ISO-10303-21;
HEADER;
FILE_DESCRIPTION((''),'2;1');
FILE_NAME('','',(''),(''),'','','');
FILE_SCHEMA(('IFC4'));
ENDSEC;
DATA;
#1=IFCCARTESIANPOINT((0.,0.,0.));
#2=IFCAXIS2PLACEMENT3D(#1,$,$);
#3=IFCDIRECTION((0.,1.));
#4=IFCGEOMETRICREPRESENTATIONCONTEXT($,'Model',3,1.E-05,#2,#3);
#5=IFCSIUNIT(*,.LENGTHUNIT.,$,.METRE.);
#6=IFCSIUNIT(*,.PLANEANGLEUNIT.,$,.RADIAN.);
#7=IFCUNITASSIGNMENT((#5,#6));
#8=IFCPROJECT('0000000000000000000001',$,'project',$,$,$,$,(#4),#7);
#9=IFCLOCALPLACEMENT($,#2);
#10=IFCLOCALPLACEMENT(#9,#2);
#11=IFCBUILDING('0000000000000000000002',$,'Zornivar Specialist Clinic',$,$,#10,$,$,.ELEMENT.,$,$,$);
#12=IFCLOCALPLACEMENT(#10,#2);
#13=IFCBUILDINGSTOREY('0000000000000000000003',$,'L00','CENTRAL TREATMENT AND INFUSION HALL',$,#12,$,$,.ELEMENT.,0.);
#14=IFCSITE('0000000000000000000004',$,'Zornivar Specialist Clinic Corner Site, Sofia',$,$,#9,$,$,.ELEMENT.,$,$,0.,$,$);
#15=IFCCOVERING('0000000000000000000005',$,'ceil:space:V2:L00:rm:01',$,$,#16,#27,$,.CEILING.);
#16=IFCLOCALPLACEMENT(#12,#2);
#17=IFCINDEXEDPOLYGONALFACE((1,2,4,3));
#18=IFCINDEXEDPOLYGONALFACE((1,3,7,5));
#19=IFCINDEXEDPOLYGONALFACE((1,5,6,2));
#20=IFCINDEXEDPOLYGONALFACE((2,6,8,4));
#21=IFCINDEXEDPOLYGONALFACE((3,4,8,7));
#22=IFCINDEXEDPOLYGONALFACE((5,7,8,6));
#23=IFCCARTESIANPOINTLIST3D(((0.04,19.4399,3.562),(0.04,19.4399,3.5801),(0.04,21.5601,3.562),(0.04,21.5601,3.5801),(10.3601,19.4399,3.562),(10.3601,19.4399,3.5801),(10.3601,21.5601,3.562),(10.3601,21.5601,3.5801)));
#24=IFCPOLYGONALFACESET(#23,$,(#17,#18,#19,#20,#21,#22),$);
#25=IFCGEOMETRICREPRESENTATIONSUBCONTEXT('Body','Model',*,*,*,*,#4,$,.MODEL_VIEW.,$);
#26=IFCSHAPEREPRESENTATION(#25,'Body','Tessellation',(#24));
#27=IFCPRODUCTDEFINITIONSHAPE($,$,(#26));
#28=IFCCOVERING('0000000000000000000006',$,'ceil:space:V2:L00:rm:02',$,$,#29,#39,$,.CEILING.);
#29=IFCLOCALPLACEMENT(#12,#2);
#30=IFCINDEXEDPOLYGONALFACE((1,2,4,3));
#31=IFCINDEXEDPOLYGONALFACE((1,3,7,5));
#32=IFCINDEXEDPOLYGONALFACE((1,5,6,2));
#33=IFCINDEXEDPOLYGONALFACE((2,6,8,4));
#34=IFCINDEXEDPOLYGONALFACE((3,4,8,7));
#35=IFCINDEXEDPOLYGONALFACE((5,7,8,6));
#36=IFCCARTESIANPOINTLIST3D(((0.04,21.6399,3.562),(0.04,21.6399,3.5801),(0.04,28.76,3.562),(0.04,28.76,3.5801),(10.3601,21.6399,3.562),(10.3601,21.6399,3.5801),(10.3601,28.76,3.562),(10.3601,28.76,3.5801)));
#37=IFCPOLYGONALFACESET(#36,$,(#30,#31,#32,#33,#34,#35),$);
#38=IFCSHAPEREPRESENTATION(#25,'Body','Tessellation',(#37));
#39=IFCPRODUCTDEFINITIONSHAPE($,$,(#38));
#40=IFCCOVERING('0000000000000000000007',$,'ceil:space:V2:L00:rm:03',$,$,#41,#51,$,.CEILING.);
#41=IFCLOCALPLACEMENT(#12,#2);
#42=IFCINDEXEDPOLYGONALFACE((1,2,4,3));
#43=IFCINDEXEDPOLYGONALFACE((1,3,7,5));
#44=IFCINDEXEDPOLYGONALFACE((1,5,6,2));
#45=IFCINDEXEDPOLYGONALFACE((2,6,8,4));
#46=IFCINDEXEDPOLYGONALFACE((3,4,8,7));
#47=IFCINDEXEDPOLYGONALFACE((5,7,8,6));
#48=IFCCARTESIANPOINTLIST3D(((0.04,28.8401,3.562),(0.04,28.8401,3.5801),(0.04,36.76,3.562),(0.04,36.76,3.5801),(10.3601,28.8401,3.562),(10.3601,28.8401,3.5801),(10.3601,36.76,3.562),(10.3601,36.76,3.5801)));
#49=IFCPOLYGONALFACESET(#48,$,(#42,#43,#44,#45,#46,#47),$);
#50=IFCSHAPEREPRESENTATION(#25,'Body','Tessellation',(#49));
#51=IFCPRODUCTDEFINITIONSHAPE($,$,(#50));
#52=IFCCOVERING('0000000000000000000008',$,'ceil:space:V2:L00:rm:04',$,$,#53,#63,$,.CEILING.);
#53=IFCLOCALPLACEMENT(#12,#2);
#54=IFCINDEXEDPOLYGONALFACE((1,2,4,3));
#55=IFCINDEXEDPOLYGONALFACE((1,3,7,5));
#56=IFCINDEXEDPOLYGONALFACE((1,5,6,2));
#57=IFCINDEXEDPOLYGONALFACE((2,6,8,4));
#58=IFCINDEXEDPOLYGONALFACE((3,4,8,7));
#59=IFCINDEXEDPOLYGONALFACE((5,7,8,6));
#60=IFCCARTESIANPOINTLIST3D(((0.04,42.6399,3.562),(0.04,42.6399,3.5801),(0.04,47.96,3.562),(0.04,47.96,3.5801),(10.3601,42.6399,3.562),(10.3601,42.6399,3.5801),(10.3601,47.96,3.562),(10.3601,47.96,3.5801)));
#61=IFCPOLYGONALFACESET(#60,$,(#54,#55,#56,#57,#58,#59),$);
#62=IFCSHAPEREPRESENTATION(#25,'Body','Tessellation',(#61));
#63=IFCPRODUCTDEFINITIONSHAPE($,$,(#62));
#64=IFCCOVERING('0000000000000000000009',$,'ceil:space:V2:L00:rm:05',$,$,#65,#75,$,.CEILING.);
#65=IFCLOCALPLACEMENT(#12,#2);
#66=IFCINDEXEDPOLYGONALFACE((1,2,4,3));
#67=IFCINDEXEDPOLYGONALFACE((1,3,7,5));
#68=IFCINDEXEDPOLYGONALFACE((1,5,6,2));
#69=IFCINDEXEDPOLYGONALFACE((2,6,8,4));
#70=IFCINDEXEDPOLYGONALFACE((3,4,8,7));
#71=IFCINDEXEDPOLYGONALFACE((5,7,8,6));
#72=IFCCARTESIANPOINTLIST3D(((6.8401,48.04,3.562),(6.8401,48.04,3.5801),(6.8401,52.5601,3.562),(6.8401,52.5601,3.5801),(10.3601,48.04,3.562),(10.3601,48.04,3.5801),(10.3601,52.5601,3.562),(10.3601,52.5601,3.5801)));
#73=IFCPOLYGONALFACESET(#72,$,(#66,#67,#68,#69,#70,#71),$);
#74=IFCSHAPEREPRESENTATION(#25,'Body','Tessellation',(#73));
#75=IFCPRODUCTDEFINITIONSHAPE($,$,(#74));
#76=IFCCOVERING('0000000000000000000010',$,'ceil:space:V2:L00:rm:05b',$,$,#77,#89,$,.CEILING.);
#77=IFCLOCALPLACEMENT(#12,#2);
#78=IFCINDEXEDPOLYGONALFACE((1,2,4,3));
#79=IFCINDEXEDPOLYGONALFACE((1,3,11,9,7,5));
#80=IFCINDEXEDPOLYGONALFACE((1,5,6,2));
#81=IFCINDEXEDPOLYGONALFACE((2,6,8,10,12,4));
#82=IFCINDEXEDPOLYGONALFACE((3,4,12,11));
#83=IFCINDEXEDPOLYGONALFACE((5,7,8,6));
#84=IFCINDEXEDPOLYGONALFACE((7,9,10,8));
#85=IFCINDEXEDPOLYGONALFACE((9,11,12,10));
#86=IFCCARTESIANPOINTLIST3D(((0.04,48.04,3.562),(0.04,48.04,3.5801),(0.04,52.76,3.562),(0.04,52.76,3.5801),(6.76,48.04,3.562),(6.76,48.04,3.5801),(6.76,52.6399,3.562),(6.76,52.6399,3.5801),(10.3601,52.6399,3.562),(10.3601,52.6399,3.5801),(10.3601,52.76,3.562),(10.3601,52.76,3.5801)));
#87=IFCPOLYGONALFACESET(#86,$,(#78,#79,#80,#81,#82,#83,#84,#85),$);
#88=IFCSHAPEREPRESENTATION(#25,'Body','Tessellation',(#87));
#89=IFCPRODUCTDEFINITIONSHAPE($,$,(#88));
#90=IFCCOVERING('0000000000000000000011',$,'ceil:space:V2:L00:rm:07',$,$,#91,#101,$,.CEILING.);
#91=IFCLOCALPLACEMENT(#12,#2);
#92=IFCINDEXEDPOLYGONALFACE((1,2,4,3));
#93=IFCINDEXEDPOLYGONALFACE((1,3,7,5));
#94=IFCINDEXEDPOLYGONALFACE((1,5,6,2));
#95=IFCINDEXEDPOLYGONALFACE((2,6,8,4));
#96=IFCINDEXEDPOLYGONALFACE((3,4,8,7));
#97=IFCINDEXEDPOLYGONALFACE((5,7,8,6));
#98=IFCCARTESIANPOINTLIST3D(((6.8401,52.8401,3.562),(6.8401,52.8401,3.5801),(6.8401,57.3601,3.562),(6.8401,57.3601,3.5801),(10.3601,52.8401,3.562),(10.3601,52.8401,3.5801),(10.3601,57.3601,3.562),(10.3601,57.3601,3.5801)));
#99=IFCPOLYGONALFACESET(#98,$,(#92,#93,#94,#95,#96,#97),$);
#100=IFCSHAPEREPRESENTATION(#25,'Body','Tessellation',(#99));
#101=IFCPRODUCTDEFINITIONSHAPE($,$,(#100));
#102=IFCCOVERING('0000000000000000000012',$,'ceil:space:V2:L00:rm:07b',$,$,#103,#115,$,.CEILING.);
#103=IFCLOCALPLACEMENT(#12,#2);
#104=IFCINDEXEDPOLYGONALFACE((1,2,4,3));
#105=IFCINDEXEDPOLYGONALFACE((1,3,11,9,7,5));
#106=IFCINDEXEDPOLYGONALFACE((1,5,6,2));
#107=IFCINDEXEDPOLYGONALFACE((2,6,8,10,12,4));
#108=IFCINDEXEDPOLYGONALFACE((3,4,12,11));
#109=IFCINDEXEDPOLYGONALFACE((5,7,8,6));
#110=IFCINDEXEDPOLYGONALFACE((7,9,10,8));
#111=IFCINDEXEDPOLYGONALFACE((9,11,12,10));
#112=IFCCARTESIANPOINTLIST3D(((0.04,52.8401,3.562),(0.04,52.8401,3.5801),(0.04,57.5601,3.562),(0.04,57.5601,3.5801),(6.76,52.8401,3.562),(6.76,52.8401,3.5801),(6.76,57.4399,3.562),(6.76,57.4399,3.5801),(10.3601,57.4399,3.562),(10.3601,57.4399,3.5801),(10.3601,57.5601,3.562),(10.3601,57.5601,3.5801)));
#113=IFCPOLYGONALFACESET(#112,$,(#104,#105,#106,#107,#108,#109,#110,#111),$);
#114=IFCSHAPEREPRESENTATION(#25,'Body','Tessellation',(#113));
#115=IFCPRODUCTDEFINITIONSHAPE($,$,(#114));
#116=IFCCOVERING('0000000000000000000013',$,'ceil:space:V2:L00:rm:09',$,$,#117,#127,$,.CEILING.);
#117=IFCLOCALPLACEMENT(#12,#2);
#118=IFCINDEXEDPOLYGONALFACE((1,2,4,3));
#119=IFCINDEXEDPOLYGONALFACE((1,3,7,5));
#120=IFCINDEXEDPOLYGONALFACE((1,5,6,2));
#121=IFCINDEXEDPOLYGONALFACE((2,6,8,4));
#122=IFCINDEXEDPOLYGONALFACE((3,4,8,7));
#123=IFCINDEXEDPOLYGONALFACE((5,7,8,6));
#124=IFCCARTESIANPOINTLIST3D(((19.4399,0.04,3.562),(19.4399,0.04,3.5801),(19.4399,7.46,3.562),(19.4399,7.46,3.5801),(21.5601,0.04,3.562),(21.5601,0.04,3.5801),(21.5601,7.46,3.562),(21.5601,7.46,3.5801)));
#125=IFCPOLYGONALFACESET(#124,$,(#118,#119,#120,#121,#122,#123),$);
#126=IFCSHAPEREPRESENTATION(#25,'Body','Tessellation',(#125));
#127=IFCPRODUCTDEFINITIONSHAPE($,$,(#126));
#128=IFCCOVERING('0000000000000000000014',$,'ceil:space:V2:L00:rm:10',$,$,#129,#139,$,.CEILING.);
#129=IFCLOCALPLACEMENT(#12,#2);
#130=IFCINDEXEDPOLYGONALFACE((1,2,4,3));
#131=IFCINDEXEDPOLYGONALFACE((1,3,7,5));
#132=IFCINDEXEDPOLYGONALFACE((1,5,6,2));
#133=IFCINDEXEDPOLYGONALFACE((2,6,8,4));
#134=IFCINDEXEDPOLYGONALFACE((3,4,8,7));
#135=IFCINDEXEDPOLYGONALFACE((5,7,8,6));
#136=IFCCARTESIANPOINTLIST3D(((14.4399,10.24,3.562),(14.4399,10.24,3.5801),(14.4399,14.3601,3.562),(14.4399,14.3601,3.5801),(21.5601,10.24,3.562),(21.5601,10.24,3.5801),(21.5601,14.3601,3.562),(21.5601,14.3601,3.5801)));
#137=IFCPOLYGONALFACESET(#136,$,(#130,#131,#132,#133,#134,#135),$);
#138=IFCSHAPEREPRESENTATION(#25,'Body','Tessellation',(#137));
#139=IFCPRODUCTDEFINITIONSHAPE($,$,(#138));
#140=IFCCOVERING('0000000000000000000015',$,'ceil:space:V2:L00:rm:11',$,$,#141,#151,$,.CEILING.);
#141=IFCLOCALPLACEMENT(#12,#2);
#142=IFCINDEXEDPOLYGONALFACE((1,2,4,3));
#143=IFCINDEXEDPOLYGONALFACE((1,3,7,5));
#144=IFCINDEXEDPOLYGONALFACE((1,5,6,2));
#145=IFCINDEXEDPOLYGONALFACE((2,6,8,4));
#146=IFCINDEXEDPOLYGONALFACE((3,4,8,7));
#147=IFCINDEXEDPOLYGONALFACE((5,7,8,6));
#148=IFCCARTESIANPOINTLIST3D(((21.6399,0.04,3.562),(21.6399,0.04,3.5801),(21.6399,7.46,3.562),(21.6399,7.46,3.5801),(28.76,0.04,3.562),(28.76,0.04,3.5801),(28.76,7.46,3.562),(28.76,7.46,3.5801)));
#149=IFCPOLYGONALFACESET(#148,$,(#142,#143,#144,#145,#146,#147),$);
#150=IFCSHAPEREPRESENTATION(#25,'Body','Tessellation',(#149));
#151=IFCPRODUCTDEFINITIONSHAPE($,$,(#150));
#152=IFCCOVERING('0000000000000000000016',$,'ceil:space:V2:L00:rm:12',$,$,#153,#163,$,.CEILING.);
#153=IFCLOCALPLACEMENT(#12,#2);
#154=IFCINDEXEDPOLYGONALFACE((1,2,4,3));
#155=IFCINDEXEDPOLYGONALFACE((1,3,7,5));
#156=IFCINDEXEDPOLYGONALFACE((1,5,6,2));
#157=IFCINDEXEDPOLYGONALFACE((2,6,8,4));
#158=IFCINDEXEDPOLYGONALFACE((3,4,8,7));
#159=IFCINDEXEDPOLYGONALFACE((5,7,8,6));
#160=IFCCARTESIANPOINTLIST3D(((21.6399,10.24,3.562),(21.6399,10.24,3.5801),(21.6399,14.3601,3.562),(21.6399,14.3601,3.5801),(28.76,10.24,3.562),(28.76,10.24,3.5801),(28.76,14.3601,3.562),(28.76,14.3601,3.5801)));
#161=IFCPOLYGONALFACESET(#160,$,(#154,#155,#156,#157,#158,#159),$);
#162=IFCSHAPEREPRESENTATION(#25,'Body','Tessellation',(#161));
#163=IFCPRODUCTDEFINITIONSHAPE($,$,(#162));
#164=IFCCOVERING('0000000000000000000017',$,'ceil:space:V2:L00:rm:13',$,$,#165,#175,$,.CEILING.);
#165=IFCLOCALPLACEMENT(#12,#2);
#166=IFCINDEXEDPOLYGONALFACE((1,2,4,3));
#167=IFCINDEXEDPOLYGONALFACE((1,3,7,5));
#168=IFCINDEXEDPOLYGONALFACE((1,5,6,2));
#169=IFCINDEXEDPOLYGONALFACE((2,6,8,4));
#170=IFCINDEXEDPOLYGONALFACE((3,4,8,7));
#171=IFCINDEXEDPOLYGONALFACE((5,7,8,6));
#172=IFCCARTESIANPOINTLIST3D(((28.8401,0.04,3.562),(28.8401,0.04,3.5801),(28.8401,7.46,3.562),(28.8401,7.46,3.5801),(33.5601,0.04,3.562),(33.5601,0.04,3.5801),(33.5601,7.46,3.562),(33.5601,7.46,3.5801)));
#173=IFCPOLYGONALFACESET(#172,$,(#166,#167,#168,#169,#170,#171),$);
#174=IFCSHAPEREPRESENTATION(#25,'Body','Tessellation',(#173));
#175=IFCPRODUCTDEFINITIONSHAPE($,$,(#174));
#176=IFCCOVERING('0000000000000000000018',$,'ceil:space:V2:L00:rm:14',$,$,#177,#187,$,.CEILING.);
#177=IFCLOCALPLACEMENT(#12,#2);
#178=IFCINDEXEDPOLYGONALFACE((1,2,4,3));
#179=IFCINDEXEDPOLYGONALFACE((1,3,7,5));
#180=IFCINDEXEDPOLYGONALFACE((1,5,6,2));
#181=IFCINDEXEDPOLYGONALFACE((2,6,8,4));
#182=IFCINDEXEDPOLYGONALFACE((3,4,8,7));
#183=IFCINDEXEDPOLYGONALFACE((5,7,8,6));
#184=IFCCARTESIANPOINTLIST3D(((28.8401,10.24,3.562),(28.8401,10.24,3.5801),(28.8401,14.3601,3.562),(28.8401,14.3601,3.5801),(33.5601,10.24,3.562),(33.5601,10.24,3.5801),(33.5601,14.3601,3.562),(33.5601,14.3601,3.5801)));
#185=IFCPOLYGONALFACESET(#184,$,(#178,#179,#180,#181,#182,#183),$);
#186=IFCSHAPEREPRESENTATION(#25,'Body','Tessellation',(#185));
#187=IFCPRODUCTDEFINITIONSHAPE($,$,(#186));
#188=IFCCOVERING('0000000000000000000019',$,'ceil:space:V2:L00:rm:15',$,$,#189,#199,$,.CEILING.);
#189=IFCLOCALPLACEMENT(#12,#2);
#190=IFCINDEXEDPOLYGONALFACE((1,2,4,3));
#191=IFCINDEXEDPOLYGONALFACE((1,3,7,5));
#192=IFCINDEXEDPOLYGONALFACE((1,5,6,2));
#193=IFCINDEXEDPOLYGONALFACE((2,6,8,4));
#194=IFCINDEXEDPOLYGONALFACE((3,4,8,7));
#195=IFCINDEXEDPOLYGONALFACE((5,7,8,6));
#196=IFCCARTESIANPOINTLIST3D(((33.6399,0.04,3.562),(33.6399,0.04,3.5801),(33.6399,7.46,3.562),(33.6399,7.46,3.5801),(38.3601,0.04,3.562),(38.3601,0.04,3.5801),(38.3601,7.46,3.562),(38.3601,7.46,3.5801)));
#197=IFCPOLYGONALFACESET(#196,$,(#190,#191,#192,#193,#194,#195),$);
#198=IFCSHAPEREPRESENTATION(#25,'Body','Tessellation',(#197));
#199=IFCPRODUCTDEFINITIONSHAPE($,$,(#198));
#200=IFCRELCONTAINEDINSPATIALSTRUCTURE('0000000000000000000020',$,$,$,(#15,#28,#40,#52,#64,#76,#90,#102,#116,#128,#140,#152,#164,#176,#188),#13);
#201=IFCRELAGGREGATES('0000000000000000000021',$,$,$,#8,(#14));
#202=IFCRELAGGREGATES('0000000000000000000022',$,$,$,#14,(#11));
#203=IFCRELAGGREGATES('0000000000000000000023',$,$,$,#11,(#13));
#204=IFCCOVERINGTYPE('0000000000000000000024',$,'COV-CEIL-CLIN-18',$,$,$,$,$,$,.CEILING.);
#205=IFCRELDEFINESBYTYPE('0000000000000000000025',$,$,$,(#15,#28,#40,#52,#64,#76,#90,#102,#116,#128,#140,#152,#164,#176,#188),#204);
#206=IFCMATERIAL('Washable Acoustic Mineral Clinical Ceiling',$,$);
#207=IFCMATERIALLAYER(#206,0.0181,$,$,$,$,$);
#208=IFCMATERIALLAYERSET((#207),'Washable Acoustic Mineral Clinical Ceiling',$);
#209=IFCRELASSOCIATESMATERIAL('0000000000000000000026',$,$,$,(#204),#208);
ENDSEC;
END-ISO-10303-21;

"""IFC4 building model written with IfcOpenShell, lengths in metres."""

from ifc_helpers import new_model, si_unit, direction, frame, origin, place, context, subcontext, project, spatial, polyline, outline, extrude, material, layer, layer_set, type_object, element, save


model = new_model("IFC4")

# Units and contexts
model_context = context("Model", 3, precision=1e-05, world=origin(), true_north=direction((0.0, 1.0)))
body_context = subcontext(model_context, "Body", "Model", "MODEL_VIEW")
ifc_project = project(units=[si_unit("LENGTHUNIT", "METRE"), si_unit("PLANEANGLEUNIT", "RADIAN")], contexts=[model_context])

# Site, building, storey
site_placement = place(None, origin())
site = spatial("IfcSite", under=ifc_project, at=site_placement, Name="Zornivar Specialist Clinic Corner Site, Sofia", CompositionType="ELEMENT", RefElevation=0.0)
building_placement = place(site_placement, origin())
building = spatial("IfcBuilding", under=site, at=building_placement, Name="Zornivar Specialist Clinic", CompositionType="ELEMENT")
storey_placement = place(building_placement, origin())
storey = spatial("IfcBuildingStorey", under=building, at=storey_placement, Name="L00", Description="CENTRAL TREATMENT AND INFUSION HALL", CompositionType="ELEMENT", Elevation=0.0)

# Coverings
ifc_material_1 = material(Name="Washable Acoustic Mineral Clinical Ceiling")
ifc_layer_1 = layer(ifc_material_1, 0.0181)
ifc_layer_set_1 = layer_set([ifc_layer_1], Name="Washable Acoustic Mineral Clinical Ceiling")
covering_type_1 = type_object("IfcCoveringType", Name="COV-CEIL-CLIN-18", PredefinedType="CEILING", material=ifc_layer_set_1)
covering_1_placement = place(storey_placement, frame((0.0, 0.0, 3.562)))
element("IfcCovering", 1, at=covering_1_placement, inside=storey, type_object=covering_type_1, Name="ceil:space:V2:L00:rm:01", PredefinedType="CEILING", context=body_context, shape_type="SweptSolid", body=[
    extrude(outline(polyline([(0.04, 19.4399), (0.04, 21.5601), (10.3601, 21.5601), (10.3601, 19.4399), (0.04, 19.4399)])), origin(), (0.0, 0.0, 1.0), 0.0181),
])
covering_2_placement = place(storey_placement, frame((0.0, 0.0, 3.562)))
element("IfcCovering", 2, at=covering_2_placement, inside=storey, type_object=covering_type_1, Name="ceil:space:V2:L00:rm:02", PredefinedType="CEILING", context=body_context, shape_type="SweptSolid", body=[
    extrude(outline(polyline([(0.04, 21.6399), (0.04, 28.76), (10.3601, 28.76), (10.3601, 21.6399), (0.04, 21.6399)])), origin(), (0.0, 0.0, 1.0), 0.0181),
])
covering_3_placement = place(storey_placement, frame((0.0, 0.0, 3.562)))
element("IfcCovering", 3, at=covering_3_placement, inside=storey, type_object=covering_type_1, Name="ceil:space:V2:L00:rm:03", PredefinedType="CEILING", context=body_context, shape_type="SweptSolid", body=[
    extrude(outline(polyline([(10.3601, 28.8401), (0.04, 28.8401), (0.04, 36.76), (10.3601, 36.76), (10.3601, 28.8401)])), origin(), (0.0, 0.0, 1.0), 0.0181),
])
covering_4_placement = place(storey_placement, frame((0.0, 0.0, 3.562)))
element("IfcCovering", 4, at=covering_4_placement, inside=storey, type_object=covering_type_1, Name="ceil:space:V2:L00:rm:04", PredefinedType="CEILING", context=body_context, shape_type="SweptSolid", body=[
    extrude(outline(polyline([(10.3601, 47.96), (10.3601, 42.6399), (0.04, 42.6399), (0.04, 47.96), (10.3601, 47.96)])), origin(), (0.0, 0.0, 1.0), 0.0181),
])
covering_5_placement = place(storey_placement, frame((0.0, 0.0, 3.562)))
element("IfcCovering", 5, at=covering_5_placement, inside=storey, type_object=covering_type_1, Name="ceil:space:V2:L00:rm:05", PredefinedType="CEILING", context=body_context, shape_type="SweptSolid", body=[
    extrude(outline(polyline([(6.8401, 48.04), (6.8401, 52.5601), (10.3601, 52.5601), (10.3601, 48.04), (6.8401, 48.04)])), origin(), (0.0, 0.0, 1.0), 0.0181),
])
covering_6_placement = place(storey_placement, frame((0.0, 0.0, 3.562)))
element("IfcCovering", 6, at=covering_6_placement, inside=storey, type_object=covering_type_1, Name="ceil:space:V2:L00:rm:05b", PredefinedType="CEILING", context=body_context, shape_type="SweptSolid", body=[
    extrude(outline(polyline([(10.3601, 52.6399), (6.76, 52.6399), (6.76, 48.04), (0.04, 48.04), (0.04, 52.76), (10.3601, 52.76), (10.3601, 52.6399)])), origin(), (0.0, 0.0, 1.0), 0.0181),
])
covering_7_placement = place(storey_placement, frame((0.0, 0.0, 3.562)))
element("IfcCovering", 7, at=covering_7_placement, inside=storey, type_object=covering_type_1, Name="ceil:space:V2:L00:rm:07", PredefinedType="CEILING", context=body_context, shape_type="SweptSolid", body=[
    extrude(outline(polyline([(6.8401, 52.8401), (6.8401, 57.3601), (10.3601, 57.3601), (10.3601, 52.8401), (6.8401, 52.8401)])), origin(), (0.0, 0.0, 1.0), 0.0181),
])
covering_8_placement = place(storey_placement, frame((0.0, 0.0, 3.562)))
element("IfcCovering", 8, at=covering_8_placement, inside=storey, type_object=covering_type_1, Name="ceil:space:V2:L00:rm:07b", PredefinedType="CEILING", context=body_context, shape_type="SweptSolid", body=[
    extrude(outline(polyline([(10.3601, 57.4399), (6.76, 57.4399), (6.76, 52.8401), (0.04, 52.8401), (0.04, 57.5601), (10.3601, 57.5601), (10.3601, 57.4399)])), origin(), (0.0, 0.0, 1.0), 0.0181),
])
covering_9_placement = place(storey_placement, frame((0.0, 0.0, 3.562)))
element("IfcCovering", 9, at=covering_9_placement, inside=storey, type_object=covering_type_1, Name="ceil:space:V2:L00:rm:09", PredefinedType="CEILING", context=body_context, shape_type="SweptSolid", body=[
    extrude(outline(polyline([(21.5601, 7.46), (21.5601, 0.04), (19.4399, 0.04), (19.4399, 7.46), (21.5601, 7.46)])), origin(), (0.0, 0.0, 1.0), 0.0181),
])
covering_10_placement = place(storey_placement, frame((0.0, 0.0, 3.562)))
element("IfcCovering", 10, at=covering_10_placement, inside=storey, type_object=covering_type_1, Name="ceil:space:V2:L00:rm:10", PredefinedType="CEILING", context=body_context, shape_type="SweptSolid", body=[
    extrude(outline(polyline([(21.5601, 10.24), (14.4399, 10.24), (14.4399, 14.3601), (21.5601, 14.3601), (21.5601, 10.24)])), origin(), (0.0, 0.0, 1.0), 0.0181),
])
covering_11_placement = place(storey_placement, frame((0.0, 0.0, 3.562)))
element("IfcCovering", 11, at=covering_11_placement, inside=storey, type_object=covering_type_1, Name="ceil:space:V2:L00:rm:11", PredefinedType="CEILING", context=body_context, shape_type="SweptSolid", body=[
    extrude(outline(polyline([(28.76, 0.04), (21.6399, 0.04), (21.6399, 7.46), (28.76, 7.46), (28.76, 0.04)])), origin(), (0.0, 0.0, 1.0), 0.0181),
])
covering_12_placement = place(storey_placement, frame((0.0, 0.0, 3.562)))
element("IfcCovering", 12, at=covering_12_placement, inside=storey, type_object=covering_type_1, Name="ceil:space:V2:L00:rm:12", PredefinedType="CEILING", context=body_context, shape_type="SweptSolid", body=[
    extrude(outline(polyline([(28.76, 10.24), (21.6399, 10.24), (21.6399, 14.3601), (28.76, 14.3601), (28.76, 10.24)])), origin(), (0.0, 0.0, 1.0), 0.0181),
])
covering_13_placement = place(storey_placement, frame((0.0, 0.0, 3.562)))
element("IfcCovering", 13, at=covering_13_placement, inside=storey, type_object=covering_type_1, Name="ceil:space:V2:L00:rm:13", PredefinedType="CEILING", context=body_context, shape_type="SweptSolid", body=[
    extrude(outline(polyline([(33.5601, 0.04), (28.8401, 0.04), (28.8401, 7.46), (33.5601, 7.46), (33.5601, 0.04)])), origin(), (0.0, 0.0, 1.0), 0.0181),
])
covering_14_placement = place(storey_placement, frame((0.0, 0.0, 3.562)))
element("IfcCovering", 14, at=covering_14_placement, inside=storey, type_object=covering_type_1, Name="ceil:space:V2:L00:rm:14", PredefinedType="CEILING", context=body_context, shape_type="SweptSolid", body=[
    extrude(outline(polyline([(33.5601, 10.24), (28.8401, 10.24), (28.8401, 14.3601), (33.5601, 14.3601), (33.5601, 10.24)])), origin(), (0.0, 0.0, 1.0), 0.0181),
])
covering_15_placement = place(storey_placement, frame((0.0, 0.0, 3.562)))
element("IfcCovering", 15, at=covering_15_placement, inside=storey, type_object=covering_type_1, Name="ceil:space:V2:L00:rm:15", PredefinedType="CEILING", context=body_context, shape_type="SweptSolid", body=[
    extrude(outline(polyline([(38.3601, 0.04), (33.6399, 0.04), (33.6399, 7.46), (38.3601, 7.46), (38.3601, 0.04)])), origin(), (0.0, 0.0, 1.0), 0.0181),
])

save(model, "model.ifc")
